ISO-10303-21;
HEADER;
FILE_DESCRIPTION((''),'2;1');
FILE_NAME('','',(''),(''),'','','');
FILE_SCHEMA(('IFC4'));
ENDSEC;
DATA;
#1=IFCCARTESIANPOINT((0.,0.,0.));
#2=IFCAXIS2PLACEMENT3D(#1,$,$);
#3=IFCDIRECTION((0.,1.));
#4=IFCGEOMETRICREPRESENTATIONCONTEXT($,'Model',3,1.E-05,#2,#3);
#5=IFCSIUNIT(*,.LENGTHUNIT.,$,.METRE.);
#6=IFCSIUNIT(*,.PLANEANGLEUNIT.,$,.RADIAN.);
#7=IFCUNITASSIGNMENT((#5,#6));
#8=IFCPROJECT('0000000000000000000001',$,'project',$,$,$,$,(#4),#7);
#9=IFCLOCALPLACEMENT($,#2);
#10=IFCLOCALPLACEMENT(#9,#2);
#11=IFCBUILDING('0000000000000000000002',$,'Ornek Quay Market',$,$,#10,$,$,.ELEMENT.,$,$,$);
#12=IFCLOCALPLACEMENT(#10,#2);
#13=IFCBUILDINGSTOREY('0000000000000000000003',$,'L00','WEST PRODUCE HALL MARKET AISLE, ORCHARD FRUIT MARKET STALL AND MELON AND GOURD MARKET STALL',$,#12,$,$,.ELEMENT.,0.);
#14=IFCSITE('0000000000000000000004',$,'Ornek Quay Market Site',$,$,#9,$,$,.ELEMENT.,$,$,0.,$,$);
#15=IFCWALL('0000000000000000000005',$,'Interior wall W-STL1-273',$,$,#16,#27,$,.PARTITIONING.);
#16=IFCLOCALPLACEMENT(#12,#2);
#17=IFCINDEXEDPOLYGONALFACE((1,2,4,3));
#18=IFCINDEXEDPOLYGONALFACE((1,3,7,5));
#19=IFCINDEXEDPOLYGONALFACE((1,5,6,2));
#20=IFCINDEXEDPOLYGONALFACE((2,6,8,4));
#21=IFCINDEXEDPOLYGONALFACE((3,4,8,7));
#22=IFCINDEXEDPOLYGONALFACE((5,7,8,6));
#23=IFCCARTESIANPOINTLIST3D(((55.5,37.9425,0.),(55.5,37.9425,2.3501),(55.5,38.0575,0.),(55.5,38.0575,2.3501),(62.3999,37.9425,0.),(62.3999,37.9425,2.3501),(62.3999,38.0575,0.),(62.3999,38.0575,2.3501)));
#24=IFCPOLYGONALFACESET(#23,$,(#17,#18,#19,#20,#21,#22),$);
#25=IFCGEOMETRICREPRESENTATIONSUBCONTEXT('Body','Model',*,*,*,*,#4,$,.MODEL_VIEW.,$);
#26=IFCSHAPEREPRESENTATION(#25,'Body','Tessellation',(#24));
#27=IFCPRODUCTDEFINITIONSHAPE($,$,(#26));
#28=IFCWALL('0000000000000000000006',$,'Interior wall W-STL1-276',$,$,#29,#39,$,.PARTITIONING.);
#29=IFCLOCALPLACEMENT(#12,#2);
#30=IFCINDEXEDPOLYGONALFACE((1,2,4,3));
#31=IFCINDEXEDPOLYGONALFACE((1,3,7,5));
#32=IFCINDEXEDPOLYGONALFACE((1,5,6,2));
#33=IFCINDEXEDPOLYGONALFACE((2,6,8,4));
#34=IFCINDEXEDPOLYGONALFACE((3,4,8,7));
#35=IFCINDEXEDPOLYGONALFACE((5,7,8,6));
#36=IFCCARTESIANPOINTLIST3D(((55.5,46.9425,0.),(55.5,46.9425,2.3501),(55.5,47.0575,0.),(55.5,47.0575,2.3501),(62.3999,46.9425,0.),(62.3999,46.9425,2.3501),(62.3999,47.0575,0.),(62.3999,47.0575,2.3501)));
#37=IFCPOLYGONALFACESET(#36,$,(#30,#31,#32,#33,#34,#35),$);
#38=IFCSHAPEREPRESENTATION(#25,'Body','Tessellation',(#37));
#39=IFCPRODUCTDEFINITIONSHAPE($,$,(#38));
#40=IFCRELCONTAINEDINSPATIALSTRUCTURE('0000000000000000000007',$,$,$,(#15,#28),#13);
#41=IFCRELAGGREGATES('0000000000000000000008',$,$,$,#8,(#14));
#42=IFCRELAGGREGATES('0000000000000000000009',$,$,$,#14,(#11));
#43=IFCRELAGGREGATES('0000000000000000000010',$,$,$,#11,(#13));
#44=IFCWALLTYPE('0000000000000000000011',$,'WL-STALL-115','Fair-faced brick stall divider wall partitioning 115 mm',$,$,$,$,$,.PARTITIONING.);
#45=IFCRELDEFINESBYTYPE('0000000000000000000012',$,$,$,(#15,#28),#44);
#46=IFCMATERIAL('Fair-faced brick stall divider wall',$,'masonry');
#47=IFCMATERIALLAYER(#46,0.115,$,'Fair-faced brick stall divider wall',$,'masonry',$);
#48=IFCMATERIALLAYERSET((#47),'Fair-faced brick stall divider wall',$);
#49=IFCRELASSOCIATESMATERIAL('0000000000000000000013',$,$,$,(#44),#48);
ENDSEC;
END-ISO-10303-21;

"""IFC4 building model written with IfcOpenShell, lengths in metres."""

from ifc_helpers import new_model, si_unit, direction, frame, frame_2d, origin, place, context, subcontext, project, spatial, rectangle, extrude, material, layer, layer_set, type_object, element, save


model = new_model("IFC4")

# Units and contexts
model_context = context("Model", 3, precision=1e-05, world=origin(), true_north=direction((0.0, 1.0)))
body_context = subcontext(model_context, "Body", "Model", "MODEL_VIEW")
ifc_project = project(units=[si_unit("LENGTHUNIT", "METRE"), si_unit("PLANEANGLEUNIT", "RADIAN")], contexts=[model_context])

# Site, building, storey
site_placement = place(None, origin())
site = spatial("IfcSite", under=ifc_project, at=site_placement, Name="Ornek Quay Market Site", CompositionType="ELEMENT", RefElevation=0.0)
building_placement = place(site_placement, origin())
building = spatial("IfcBuilding", under=site, at=building_placement, Name="Ornek Quay Market", CompositionType="ELEMENT")
storey_placement = place(building_placement, origin())
storey = spatial("IfcBuildingStorey", under=building, at=storey_placement, Name="L00", Description="WEST PRODUCE HALL MARKET AISLE, ORCHARD FRUIT MARKET STALL AND MELON AND GOURD MARKET STALL", CompositionType="ELEMENT", Elevation=0.0)

# Walls
ifc_material_1 = material(Name="Fair-faced brick stall divider wall", Category="masonry")
ifc_layer_1 = layer(ifc_material_1, 0.115, Name="Fair-faced brick stall divider wall", Category="masonry")
ifc_layer_set_1 = layer_set([ifc_layer_1], Name="Fair-faced brick stall divider wall")
wall_type_1 = type_object("IfcWallType", Name="WL-STALL-115", Description="Fair-faced brick stall divider wall partitioning 115 mm", PredefinedType="PARTITIONING", material=ifc_layer_set_1)
for number, where, z_axis, x_axis, name in (
    (1, (55.5, 38.0, 0.0), (0.0, 0.0, 1.0), (1.0, 0.0, 0.0), "Interior wall W-STL1-273"),
    (2, (55.5, 47.0, 0.0), (0.0, 0.0, 1.0), (1.0, 0.0, 0.0), "Interior wall W-STL1-276"),
):
    element("IfcWall", number, at=place(storey_placement, frame(where, z_axis=z_axis, x_axis=x_axis)), inside=storey, type_object=wall_type_1, Name=name, PredefinedType="PARTITIONING", context=body_context, shape_type="SweptSolid", body=[
        extrude(rectangle(XDim=6.8999, YDim=0.115, at=frame_2d((3.45, 0.0))), origin(), (0.0, 0.0, 1.0), 2.3501),
    ])

save(model, "model.ifc")
